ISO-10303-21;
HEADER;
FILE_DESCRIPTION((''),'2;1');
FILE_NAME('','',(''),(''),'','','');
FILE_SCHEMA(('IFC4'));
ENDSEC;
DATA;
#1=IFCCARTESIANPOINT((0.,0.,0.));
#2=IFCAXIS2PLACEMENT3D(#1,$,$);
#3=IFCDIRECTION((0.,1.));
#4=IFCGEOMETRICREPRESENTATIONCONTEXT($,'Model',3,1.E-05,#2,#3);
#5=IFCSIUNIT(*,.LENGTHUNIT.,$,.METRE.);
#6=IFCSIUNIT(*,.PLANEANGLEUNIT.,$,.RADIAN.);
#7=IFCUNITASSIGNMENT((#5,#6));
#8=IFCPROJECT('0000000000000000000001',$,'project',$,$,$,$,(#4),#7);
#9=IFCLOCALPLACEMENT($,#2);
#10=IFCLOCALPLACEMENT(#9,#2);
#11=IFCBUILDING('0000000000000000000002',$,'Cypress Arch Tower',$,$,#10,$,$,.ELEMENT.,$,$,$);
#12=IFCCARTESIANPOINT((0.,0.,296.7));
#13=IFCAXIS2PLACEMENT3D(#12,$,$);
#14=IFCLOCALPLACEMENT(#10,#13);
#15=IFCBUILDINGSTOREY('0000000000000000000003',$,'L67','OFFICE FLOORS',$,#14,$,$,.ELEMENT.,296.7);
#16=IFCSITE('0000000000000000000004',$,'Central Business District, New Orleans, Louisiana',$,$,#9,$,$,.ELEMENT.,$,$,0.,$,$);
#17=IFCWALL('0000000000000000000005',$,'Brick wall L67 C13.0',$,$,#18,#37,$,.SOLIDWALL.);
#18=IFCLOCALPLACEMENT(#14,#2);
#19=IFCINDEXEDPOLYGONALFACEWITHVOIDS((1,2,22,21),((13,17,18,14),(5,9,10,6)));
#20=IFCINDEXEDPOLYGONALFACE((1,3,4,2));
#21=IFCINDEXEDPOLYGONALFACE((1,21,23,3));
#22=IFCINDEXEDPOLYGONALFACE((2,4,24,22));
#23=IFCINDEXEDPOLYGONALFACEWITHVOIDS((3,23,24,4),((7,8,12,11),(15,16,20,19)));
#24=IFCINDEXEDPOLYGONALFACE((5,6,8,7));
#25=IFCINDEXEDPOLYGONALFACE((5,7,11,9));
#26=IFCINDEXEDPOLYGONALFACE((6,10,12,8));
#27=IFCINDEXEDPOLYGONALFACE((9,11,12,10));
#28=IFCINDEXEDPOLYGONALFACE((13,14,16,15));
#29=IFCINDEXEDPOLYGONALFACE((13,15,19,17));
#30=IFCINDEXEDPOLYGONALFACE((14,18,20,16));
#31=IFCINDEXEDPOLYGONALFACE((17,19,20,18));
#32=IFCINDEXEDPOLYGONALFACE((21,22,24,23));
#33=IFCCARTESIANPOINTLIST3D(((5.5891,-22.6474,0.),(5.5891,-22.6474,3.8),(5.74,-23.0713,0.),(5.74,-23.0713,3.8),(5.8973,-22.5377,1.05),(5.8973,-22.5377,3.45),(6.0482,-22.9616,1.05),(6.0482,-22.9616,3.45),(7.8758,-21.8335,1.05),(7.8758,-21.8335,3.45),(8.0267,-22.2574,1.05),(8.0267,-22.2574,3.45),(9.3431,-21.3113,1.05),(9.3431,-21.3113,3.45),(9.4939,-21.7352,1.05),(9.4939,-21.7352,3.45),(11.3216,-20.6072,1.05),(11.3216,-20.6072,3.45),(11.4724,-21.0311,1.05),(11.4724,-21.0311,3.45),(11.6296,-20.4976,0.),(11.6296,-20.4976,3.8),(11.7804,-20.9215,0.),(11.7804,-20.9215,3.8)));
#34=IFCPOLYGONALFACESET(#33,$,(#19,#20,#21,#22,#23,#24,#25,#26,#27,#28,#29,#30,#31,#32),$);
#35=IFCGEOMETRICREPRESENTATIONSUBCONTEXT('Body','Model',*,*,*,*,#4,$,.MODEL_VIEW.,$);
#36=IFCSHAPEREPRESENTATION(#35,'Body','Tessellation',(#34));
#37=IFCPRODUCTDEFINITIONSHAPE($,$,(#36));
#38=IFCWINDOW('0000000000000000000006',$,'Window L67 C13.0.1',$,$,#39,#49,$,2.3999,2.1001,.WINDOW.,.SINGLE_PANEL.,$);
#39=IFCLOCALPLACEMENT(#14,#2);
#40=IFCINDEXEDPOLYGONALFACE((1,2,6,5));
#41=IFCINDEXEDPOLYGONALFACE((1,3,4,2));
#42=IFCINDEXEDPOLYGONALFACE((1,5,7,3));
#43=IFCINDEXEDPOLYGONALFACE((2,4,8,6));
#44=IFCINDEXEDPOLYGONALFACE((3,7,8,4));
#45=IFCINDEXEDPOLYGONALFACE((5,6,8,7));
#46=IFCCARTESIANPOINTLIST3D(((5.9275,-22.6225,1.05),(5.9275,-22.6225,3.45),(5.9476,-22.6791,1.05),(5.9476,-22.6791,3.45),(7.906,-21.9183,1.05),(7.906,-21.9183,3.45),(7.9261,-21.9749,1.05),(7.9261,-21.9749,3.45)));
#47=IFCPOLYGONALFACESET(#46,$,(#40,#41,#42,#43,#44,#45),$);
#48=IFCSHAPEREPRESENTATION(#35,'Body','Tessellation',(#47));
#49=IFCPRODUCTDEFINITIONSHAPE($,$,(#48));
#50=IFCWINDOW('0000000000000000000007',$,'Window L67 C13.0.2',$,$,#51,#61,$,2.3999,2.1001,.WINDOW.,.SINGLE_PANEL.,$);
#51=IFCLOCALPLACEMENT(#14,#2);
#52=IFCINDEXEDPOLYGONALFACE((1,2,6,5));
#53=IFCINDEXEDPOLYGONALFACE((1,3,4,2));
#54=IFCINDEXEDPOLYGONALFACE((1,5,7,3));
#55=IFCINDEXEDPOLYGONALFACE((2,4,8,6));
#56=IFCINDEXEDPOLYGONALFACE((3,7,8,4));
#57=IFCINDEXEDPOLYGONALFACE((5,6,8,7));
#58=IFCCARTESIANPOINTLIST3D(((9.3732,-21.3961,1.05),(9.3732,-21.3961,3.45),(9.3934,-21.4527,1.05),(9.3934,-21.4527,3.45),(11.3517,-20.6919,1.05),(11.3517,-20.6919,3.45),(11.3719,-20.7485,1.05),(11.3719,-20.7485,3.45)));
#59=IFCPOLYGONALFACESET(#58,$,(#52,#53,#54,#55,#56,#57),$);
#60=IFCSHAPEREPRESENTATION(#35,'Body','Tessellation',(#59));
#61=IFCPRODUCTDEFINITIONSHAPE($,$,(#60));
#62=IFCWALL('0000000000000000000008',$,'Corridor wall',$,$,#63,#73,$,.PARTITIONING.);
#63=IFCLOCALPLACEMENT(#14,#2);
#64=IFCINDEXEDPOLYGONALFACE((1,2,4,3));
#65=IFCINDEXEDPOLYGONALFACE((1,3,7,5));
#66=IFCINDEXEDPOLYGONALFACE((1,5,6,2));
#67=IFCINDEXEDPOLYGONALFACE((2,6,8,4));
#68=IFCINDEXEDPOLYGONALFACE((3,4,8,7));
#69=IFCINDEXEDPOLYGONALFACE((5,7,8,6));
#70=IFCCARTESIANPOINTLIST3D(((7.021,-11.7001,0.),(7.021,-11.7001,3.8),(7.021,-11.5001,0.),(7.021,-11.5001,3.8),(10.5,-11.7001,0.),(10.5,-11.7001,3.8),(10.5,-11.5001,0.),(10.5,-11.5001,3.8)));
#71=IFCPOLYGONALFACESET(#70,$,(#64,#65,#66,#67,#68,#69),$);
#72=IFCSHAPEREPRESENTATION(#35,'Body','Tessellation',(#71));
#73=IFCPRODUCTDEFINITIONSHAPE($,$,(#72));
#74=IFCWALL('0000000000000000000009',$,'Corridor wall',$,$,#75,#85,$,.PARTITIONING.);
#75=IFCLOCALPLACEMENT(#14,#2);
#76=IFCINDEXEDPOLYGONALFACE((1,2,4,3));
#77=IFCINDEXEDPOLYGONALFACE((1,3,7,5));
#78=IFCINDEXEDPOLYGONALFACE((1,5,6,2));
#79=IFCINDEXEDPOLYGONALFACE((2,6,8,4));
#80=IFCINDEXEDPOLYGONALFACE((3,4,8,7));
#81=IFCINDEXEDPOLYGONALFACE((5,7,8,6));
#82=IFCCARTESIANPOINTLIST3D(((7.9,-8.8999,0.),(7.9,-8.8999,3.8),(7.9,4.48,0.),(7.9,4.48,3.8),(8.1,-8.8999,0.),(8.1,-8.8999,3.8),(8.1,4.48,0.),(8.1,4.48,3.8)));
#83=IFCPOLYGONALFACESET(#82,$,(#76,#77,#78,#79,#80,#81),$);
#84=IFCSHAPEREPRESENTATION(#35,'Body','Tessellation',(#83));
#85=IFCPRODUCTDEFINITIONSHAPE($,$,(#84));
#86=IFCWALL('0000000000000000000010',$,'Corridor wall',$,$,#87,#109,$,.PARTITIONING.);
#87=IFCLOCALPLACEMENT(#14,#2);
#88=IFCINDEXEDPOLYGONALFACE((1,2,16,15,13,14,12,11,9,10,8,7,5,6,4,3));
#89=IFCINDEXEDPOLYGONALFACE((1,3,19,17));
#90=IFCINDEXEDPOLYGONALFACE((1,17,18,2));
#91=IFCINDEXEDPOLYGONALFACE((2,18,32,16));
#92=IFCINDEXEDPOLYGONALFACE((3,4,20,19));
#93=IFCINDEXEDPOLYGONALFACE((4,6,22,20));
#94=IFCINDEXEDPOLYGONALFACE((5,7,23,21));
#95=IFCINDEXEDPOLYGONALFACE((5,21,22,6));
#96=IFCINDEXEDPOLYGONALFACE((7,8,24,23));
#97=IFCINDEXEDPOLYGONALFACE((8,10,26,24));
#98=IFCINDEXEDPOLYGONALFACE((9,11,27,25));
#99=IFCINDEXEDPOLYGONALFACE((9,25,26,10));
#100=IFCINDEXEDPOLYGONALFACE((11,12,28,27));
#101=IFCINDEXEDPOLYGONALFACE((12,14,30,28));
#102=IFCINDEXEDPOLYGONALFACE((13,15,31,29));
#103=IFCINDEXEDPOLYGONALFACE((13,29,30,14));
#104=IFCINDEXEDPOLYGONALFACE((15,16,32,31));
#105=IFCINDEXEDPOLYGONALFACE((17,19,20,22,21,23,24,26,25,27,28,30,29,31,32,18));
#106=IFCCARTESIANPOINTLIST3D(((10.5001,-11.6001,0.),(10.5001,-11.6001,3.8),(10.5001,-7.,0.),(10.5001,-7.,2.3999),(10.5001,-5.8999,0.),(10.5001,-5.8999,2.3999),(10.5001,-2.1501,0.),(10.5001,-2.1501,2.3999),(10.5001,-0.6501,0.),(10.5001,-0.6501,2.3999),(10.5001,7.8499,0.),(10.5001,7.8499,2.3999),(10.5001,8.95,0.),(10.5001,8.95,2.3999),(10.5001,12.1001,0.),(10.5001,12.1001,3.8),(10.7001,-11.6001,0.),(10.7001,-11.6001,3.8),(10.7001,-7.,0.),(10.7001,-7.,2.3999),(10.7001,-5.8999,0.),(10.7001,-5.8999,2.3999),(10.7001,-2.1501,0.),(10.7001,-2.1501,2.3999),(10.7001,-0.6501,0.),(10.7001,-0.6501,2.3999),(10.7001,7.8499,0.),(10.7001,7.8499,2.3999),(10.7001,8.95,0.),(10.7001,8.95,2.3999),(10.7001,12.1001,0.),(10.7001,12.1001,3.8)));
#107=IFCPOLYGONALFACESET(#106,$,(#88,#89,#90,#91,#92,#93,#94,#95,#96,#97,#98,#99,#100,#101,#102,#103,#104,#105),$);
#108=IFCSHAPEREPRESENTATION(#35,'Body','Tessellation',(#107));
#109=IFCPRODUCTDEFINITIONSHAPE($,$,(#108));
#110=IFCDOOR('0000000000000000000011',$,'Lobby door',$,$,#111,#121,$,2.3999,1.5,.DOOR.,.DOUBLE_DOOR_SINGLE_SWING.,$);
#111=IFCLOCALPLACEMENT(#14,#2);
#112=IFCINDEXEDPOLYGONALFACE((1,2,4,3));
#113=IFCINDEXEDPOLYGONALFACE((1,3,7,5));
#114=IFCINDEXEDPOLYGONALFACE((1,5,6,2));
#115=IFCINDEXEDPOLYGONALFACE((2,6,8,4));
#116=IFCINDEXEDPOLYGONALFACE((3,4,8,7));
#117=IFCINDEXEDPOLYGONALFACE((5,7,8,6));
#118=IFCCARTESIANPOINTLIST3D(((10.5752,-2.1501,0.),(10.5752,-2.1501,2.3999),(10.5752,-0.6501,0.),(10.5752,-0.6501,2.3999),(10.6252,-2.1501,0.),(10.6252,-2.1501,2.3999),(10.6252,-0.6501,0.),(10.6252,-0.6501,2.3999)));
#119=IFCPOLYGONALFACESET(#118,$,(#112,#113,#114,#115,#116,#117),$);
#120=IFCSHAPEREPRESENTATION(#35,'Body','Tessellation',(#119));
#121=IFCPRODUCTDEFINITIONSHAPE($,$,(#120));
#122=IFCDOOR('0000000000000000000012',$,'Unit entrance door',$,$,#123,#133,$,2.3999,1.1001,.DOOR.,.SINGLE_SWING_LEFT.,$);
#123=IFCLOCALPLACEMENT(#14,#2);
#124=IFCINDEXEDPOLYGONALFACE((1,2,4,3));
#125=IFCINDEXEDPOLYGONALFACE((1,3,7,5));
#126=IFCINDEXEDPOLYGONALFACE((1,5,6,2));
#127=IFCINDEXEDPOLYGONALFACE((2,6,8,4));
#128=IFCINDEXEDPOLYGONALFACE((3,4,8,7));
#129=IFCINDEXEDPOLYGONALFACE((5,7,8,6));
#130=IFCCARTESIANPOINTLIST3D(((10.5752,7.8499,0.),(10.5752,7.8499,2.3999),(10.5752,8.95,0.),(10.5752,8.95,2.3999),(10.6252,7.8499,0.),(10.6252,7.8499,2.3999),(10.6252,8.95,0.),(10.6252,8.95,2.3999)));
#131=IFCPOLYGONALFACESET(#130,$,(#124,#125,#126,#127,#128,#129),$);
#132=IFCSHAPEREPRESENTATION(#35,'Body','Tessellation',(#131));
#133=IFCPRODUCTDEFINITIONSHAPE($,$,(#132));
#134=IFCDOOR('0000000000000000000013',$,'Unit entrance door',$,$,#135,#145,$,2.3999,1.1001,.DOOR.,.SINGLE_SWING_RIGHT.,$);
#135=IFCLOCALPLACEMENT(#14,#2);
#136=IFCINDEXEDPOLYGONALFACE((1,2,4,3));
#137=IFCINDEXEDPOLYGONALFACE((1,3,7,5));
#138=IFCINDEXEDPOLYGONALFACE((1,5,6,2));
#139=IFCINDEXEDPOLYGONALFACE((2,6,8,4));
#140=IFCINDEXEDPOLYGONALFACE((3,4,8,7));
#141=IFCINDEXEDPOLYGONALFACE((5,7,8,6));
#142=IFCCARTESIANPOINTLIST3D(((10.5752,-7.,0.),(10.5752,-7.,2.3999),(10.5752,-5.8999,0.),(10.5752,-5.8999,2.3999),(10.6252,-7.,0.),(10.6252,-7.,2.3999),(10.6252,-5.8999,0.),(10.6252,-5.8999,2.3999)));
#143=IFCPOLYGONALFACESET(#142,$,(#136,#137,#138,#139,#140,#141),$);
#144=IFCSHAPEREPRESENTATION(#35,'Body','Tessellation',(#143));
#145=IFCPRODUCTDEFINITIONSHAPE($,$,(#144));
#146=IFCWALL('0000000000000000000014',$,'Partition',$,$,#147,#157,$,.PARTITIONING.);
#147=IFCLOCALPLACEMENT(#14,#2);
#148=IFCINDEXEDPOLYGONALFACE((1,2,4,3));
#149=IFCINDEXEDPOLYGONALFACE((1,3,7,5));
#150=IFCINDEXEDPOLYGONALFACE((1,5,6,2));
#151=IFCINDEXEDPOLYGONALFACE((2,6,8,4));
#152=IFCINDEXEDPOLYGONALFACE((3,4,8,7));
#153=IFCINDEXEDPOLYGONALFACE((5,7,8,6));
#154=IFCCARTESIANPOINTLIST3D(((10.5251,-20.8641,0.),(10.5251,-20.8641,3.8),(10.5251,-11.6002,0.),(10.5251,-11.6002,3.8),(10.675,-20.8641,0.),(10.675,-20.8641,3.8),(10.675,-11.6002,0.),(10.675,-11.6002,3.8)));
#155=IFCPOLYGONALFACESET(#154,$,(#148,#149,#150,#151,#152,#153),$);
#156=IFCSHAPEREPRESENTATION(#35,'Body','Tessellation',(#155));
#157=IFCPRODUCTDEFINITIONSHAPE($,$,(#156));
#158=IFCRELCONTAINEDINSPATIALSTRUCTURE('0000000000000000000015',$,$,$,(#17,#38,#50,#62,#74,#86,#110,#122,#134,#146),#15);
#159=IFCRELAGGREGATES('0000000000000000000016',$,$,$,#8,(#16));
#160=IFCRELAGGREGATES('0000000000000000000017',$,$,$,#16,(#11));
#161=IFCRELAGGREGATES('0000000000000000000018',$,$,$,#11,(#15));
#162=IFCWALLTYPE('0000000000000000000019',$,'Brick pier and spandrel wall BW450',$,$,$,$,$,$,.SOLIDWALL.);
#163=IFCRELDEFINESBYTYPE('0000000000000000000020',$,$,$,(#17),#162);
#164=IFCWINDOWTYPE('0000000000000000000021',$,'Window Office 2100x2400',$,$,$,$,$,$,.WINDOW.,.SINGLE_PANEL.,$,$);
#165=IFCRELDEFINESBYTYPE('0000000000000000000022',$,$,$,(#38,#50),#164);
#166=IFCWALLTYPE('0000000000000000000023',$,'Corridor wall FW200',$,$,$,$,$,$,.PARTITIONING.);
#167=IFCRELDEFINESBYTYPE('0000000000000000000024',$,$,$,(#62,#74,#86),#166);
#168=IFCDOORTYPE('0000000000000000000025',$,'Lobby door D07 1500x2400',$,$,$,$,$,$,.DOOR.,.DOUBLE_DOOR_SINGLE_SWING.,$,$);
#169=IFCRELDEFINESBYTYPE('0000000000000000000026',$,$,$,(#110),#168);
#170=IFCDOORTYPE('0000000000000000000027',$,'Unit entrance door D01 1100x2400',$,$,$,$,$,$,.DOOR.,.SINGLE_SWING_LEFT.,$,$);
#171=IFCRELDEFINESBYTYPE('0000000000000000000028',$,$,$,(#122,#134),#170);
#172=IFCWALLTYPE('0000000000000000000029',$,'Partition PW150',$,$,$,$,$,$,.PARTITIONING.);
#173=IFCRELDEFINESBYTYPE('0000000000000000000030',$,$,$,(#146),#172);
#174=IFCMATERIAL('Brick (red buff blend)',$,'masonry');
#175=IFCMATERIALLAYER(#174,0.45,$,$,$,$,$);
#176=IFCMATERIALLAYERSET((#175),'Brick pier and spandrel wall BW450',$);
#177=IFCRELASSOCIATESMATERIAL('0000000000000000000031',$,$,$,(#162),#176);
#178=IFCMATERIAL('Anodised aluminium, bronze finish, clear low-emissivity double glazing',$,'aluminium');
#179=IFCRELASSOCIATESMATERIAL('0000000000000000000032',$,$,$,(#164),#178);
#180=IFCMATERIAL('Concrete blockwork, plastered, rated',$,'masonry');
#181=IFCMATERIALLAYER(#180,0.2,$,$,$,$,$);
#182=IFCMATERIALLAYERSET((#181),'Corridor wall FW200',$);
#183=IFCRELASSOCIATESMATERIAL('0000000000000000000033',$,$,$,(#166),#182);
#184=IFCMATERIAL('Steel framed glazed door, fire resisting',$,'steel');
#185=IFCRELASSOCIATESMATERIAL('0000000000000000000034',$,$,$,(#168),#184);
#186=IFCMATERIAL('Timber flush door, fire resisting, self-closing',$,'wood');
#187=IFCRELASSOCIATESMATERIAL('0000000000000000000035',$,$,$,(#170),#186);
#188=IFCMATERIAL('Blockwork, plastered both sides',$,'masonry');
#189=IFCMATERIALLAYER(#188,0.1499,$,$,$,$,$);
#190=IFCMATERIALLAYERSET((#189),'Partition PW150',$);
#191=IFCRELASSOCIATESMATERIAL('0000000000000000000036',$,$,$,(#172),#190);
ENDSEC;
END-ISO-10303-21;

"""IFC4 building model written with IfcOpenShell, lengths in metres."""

from ifc_helpers import new_model, si_unit, direction, frame, frame_2d, origin, place, context, subcontext, project, spatial, rectangle, extrude, material, layer, layer_set, type_object, element, fill, save


model = new_model("IFC4")

# Units and contexts
model_context = context("Model", 3, precision=1e-05, world=origin(), true_north=direction((0.0, 1.0)))
body_context = subcontext(model_context, "Body", "Model", "MODEL_VIEW")
ifc_project = project(units=[si_unit("LENGTHUNIT", "METRE"), si_unit("PLANEANGLEUNIT", "RADIAN")], contexts=[model_context])

# Site, building, storey
site_placement = place(None, origin())
site = spatial("IfcSite", under=ifc_project, at=site_placement, Name="Central Business District, New Orleans, Louisiana", CompositionType="ELEMENT", RefElevation=0.0)
building_placement = place(site_placement, origin())
building = spatial("IfcBuilding", under=site, at=building_placement, Name="Cypress Arch Tower", CompositionType="ELEMENT")
storey_placement = place(building_placement, frame((0.0, 0.0, 296.7)))
storey = spatial("IfcBuildingStorey", under=building, at=storey_placement, Name="L67", Description="OFFICE FLOORS", CompositionType="ELEMENT", Elevation=296.7)

# Wall, openings, windows
ifc_material_1 = material(Name="Brick (red buff blend)", Category="masonry")
ifc_layer_1 = layer(ifc_material_1, 0.45)
ifc_layer_set_1 = layer_set([ifc_layer_1], Name="Brick pier and spandrel wall BW450")
wall_type_1 = type_object("IfcWallType", Name="Brick pier and spandrel wall BW450", PredefinedType="SOLIDWALL", material=ifc_layer_set_1)
wall_1_placement = place(storey_placement, frame((5.6646, -22.8594, 0.0), z_axis=(0.0, 0.0, 1.0), x_axis=(0.942108, 0.335309, 0.0)))
wall_1 = element("IfcWall", 1, at=wall_1_placement, inside=storey, type_object=wall_type_1, Name="Brick wall L67 C13.0", PredefinedType="SOLIDWALL", context=body_context, shape_type="SweptSolid", body=[
    extrude(rectangle(XDim=6.4116, YDim=0.45, at=frame_2d((3.2058, 0.0))), origin(), (0.0, 0.0, 1.0), 3.8),
])
opening_1_placement = place(wall_1_placement, frame((0.3271, 0.0, 1.05)))
opening_1 = element("IfcOpeningElement", 2, at=opening_1_placement, cuts=wall_1, PredefinedType="OPENING", context=body_context, shape_type="SweptSolid", body=[
    extrude(rectangle(XDim=2.1001, YDim=2.3999, at=frame_2d((1.05, 1.2))), frame((0.0, 0.2349, 0.0), z_axis=(0.0, -1.0, 0.0), x_axis=(1.0, 0.0, 0.0)), (0.0, 0.0, 1.0), 0.47),
])
opening_2_placement = place(wall_1_placement, frame((3.9846, 0.0, 1.05)))
opening_2 = element("IfcOpeningElement", 3, at=opening_2_placement, cuts=wall_1, PredefinedType="OPENING", context=body_context, shape_type="SweptSolid", body=[
    extrude(rectangle(XDim=2.1001, YDim=2.3999, at=frame_2d((1.05, 1.2))), frame((0.0, 0.2349, 0.0), z_axis=(0.0, -1.0, 0.0), x_axis=(1.0, 0.0, 0.0)), (0.0, 0.0, 1.0), 0.47),
])
ifc_material_2 = material(Name="Anodised aluminium, bronze finish, clear low-emissivity double glazing", Category="aluminium")
window_type = type_object("IfcWindowType", Name="Window Office 2100x2400", PartitioningType="SINGLE_PANEL", PredefinedType="WINDOW", material=ifc_material_2)
window_1_placement = place(opening_1_placement, origin())
window_1 = element("IfcWindow", 4, at=window_1_placement, inside=storey, type_object=window_type, Name="Window L67 C13.0.1", OverallHeight=2.3999, OverallWidth=2.1001, PartitioningType="SINGLE_PANEL", PredefinedType="WINDOW", context=body_context, shape_type="SweptSolid", body=[
    extrude(rectangle(XDim=2.1001, YDim=2.3999, at=frame_2d((1.05, 1.2))), frame((0.0, 0.135, 0.0), z_axis=(0.0, -1.0, 0.0), x_axis=(1.0, 0.0, 0.0)), (0.0, 0.0, 1.0), 0.0601),
])
fill(opening_1, window_1)
window_2_placement = place(opening_2_placement, origin())
window_2 = element("IfcWindow", 5, at=window_2_placement, inside=storey, type_object=window_type, Name="Window L67 C13.0.2", OverallHeight=2.3999, OverallWidth=2.1001, PartitioningType="SINGLE_PANEL", PredefinedType="WINDOW", context=body_context, shape_type="SweptSolid", body=[
    extrude(rectangle(XDim=2.1001, YDim=2.3999, at=frame_2d((1.05, 1.2))), frame((0.0, 0.135, 0.0), z_axis=(0.0, -1.0, 0.0), x_axis=(1.0, 0.0, 0.0)), (0.0, 0.0, 1.0), 0.0601),
])
fill(opening_2, window_2)

# Walls
ifc_material_3 = material(Name="Concrete blockwork, plastered, rated", Category="masonry")
ifc_layer_2 = layer(ifc_material_3, 0.2)
ifc_layer_set_2 = layer_set([ifc_layer_2], Name="Corridor wall FW200")
wall_type_2 = type_object("IfcWallType", Name="Corridor wall FW200", PredefinedType="PARTITIONING", material=ifc_layer_set_2)
wall_2_placement = place(storey_placement, frame((7.021, -11.6001, 0.0), z_axis=(0.0, 0.0, 1.0), x_axis=(1.0, 0.0, 0.0)))
element("IfcWall", 6, at=wall_2_placement, inside=storey, type_object=wall_type_2, Name="Corridor wall", PredefinedType="PARTITIONING", context=body_context, shape_type="SweptSolid", body=[
    extrude(rectangle(XDim=3.479, YDim=0.2, at=frame_2d((1.7395, 0.0))), origin(), (0.0, 0.0, 1.0), 3.8),
])
wall_3_placement = place(storey_placement, frame((8.0, -8.8999, 0.0), z_axis=(0.0, 0.0, 1.0), x_axis=(0.0, 1.0, 0.0)))
element("IfcWall", 7, at=wall_3_placement, inside=storey, type_object=wall_type_2, Name="Corridor wall", PredefinedType="PARTITIONING", context=body_context, shape_type="SweptSolid", body=[
    extrude(rectangle(XDim=13.3799, YDim=0.2, at=frame_2d((6.6899, 0.0))), origin(), (0.0, 0.0, 1.0), 3.8),
])

# Wall, openings, doors
wall_4_placement = place(storey_placement, frame((10.6001, -11.6001, 0.0), z_axis=(0.0, 0.0, 1.0), x_axis=(0.0, 1.0, 0.0)))
wall_4 = element("IfcWall", 8, at=wall_4_placement, inside=storey, type_object=wall_type_2, Name="Corridor wall", PredefinedType="PARTITIONING", context=body_context, shape_type="SweptSolid", body=[
    extrude(rectangle(XDim=23.7002, YDim=0.2, at=frame_2d((11.8501, 0.0))), origin(), (0.0, 0.0, 1.0), 3.8),
])
opening_3_placement = place(wall_4_placement, frame((9.45, 0.0, 0.0)))
opening_3 = element("IfcOpeningElement", 9, at=opening_3_placement, cuts=wall_4, PredefinedType="OPENING", context=body_context, shape_type="SweptSolid", body=[
    extrude(rectangle(XDim=1.5, YDim=2.3999, at=frame_2d((0.75, 1.2))), frame((0.0, 0.1099, 0.0), z_axis=(0.0, -1.0, 0.0), x_axis=(1.0, 0.0, 0.0)), (0.0, 0.0, 1.0), 0.22),
])
opening_4_placement = place(wall_4_placement, frame((19.45, 0.0, 0.0)))
opening_4 = element("IfcOpeningElement", 10, at=opening_4_placement, cuts=wall_4, PredefinedType="OPENING", context=body_context, shape_type="SweptSolid", body=[
    extrude(rectangle(XDim=1.1001, YDim=2.3999, at=frame_2d((0.55, 1.2))), frame((0.0, 0.1099, 0.0), z_axis=(0.0, -1.0, 0.0), x_axis=(1.0, 0.0, 0.0)), (0.0, 0.0, 1.0), 0.22),
])
opening_5_placement = place(wall_4_placement, frame((4.6001, 0.0, 0.0)))
opening_5 = element("IfcOpeningElement", 11, at=opening_5_placement, cuts=wall_4, PredefinedType="OPENING", context=body_context, shape_type="SweptSolid", body=[
    extrude(rectangle(XDim=1.1001, YDim=2.3999, at=frame_2d((0.55, 1.2))), frame((0.0, 0.1099, 0.0), z_axis=(0.0, -1.0, 0.0), x_axis=(1.0, 0.0, 0.0)), (0.0, 0.0, 1.0), 0.22),
])
ifc_material_4 = material(Name="Steel framed glazed door, fire resisting", Category="steel")
door_type_1 = type_object("IfcDoorType", Name="Lobby door D07 1500x2400", OperationType="DOUBLE_DOOR_SINGLE_SWING", PredefinedType="DOOR", material=ifc_material_4)
door_1_placement = place(opening_3_placement, origin())
door_1 = element("IfcDoor", 12, at=door_1_placement, inside=storey, type_object=door_type_1, Name="Lobby door", OperationType="DOUBLE_DOOR_SINGLE_SWING", OverallHeight=2.3999, OverallWidth=1.5, PredefinedType="DOOR", context=body_context, shape_type="SweptSolid", body=[
    extrude(rectangle(XDim=1.5, YDim=2.3999, at=frame_2d((0.75, 1.2))), frame((0.0, 0.0249, 0.0), z_axis=(0.0, -1.0, 0.0), x_axis=(1.0, 0.0, 0.0)), (0.0, 0.0, 1.0), 0.05),
])
fill(opening_3, door_1)
ifc_material_5 = material(Name="Timber flush door, fire resisting, self-closing", Category="wood")
door_type_2 = type_object("IfcDoorType", Name="Unit entrance door D01 1100x2400", OperationType="SINGLE_SWING_LEFT", PredefinedType="DOOR", material=ifc_material_5)
door_2_placement = place(opening_4_placement, origin())
door_2 = element("IfcDoor", 13, at=door_2_placement, inside=storey, type_object=door_type_2, Name="Unit entrance door", OperationType="SINGLE_SWING_LEFT", OverallHeight=2.3999, OverallWidth=1.1001, PredefinedType="DOOR", context=body_context, shape_type="SweptSolid", body=[
    extrude(rectangle(XDim=1.1001, YDim=2.3999, at=frame_2d((0.55, 1.2))), frame((0.0, 0.0249, 0.0), z_axis=(0.0, -1.0, 0.0), x_axis=(1.0, 0.0, 0.0)), (0.0, 0.0, 1.0), 0.05),
])
fill(opening_4, door_2)
door_3_placement = place(opening_5_placement, origin())
door_3 = element("IfcDoor", 14, at=door_3_placement, inside=storey, type_object=door_type_2, Name="Unit entrance door", OperationType="SINGLE_SWING_RIGHT", OverallHeight=2.3999, OverallWidth=1.1001, PredefinedType="DOOR", context=body_context, shape_type="SweptSolid", body=[
    extrude(rectangle(XDim=1.1001, YDim=2.3999, at=frame_2d((0.55, 1.2))), frame((0.0, 0.0249, 0.0), z_axis=(0.0, -1.0, 0.0), x_axis=(1.0, 0.0, 0.0)), (0.0, 0.0, 1.0), 0.05),
])
fill(opening_5, door_3)

# Wall
ifc_material_6 = material(Name="Blockwork, plastered both sides", Category="masonry")
ifc_layer_3 = layer(ifc_material_6, 0.1499)
ifc_layer_set_3 = layer_set([ifc_layer_3], Name="Partition PW150")
wall_type_3 = type_object("IfcWallType", Name="Partition PW150", PredefinedType="PARTITIONING", material=ifc_layer_set_3)
wall_5_placement = place(storey_placement, frame((10.6001, -20.864, 0.0), z_axis=(0.0, 0.0, 1.0), x_axis=(0.0, 1.0, 0.0)))
element("IfcWall", 15, at=wall_5_placement, inside=storey, type_object=wall_type_3, Name="Partition", PredefinedType="PARTITIONING", context=body_context, shape_type="SweptSolid", body=[
    extrude(rectangle(XDim=9.2639, YDim=0.1499, at=frame_2d((4.6318, 0.0))), origin(), (0.0, 0.0, 1.0), 3.8),
])

save(model, "model.ifc")
